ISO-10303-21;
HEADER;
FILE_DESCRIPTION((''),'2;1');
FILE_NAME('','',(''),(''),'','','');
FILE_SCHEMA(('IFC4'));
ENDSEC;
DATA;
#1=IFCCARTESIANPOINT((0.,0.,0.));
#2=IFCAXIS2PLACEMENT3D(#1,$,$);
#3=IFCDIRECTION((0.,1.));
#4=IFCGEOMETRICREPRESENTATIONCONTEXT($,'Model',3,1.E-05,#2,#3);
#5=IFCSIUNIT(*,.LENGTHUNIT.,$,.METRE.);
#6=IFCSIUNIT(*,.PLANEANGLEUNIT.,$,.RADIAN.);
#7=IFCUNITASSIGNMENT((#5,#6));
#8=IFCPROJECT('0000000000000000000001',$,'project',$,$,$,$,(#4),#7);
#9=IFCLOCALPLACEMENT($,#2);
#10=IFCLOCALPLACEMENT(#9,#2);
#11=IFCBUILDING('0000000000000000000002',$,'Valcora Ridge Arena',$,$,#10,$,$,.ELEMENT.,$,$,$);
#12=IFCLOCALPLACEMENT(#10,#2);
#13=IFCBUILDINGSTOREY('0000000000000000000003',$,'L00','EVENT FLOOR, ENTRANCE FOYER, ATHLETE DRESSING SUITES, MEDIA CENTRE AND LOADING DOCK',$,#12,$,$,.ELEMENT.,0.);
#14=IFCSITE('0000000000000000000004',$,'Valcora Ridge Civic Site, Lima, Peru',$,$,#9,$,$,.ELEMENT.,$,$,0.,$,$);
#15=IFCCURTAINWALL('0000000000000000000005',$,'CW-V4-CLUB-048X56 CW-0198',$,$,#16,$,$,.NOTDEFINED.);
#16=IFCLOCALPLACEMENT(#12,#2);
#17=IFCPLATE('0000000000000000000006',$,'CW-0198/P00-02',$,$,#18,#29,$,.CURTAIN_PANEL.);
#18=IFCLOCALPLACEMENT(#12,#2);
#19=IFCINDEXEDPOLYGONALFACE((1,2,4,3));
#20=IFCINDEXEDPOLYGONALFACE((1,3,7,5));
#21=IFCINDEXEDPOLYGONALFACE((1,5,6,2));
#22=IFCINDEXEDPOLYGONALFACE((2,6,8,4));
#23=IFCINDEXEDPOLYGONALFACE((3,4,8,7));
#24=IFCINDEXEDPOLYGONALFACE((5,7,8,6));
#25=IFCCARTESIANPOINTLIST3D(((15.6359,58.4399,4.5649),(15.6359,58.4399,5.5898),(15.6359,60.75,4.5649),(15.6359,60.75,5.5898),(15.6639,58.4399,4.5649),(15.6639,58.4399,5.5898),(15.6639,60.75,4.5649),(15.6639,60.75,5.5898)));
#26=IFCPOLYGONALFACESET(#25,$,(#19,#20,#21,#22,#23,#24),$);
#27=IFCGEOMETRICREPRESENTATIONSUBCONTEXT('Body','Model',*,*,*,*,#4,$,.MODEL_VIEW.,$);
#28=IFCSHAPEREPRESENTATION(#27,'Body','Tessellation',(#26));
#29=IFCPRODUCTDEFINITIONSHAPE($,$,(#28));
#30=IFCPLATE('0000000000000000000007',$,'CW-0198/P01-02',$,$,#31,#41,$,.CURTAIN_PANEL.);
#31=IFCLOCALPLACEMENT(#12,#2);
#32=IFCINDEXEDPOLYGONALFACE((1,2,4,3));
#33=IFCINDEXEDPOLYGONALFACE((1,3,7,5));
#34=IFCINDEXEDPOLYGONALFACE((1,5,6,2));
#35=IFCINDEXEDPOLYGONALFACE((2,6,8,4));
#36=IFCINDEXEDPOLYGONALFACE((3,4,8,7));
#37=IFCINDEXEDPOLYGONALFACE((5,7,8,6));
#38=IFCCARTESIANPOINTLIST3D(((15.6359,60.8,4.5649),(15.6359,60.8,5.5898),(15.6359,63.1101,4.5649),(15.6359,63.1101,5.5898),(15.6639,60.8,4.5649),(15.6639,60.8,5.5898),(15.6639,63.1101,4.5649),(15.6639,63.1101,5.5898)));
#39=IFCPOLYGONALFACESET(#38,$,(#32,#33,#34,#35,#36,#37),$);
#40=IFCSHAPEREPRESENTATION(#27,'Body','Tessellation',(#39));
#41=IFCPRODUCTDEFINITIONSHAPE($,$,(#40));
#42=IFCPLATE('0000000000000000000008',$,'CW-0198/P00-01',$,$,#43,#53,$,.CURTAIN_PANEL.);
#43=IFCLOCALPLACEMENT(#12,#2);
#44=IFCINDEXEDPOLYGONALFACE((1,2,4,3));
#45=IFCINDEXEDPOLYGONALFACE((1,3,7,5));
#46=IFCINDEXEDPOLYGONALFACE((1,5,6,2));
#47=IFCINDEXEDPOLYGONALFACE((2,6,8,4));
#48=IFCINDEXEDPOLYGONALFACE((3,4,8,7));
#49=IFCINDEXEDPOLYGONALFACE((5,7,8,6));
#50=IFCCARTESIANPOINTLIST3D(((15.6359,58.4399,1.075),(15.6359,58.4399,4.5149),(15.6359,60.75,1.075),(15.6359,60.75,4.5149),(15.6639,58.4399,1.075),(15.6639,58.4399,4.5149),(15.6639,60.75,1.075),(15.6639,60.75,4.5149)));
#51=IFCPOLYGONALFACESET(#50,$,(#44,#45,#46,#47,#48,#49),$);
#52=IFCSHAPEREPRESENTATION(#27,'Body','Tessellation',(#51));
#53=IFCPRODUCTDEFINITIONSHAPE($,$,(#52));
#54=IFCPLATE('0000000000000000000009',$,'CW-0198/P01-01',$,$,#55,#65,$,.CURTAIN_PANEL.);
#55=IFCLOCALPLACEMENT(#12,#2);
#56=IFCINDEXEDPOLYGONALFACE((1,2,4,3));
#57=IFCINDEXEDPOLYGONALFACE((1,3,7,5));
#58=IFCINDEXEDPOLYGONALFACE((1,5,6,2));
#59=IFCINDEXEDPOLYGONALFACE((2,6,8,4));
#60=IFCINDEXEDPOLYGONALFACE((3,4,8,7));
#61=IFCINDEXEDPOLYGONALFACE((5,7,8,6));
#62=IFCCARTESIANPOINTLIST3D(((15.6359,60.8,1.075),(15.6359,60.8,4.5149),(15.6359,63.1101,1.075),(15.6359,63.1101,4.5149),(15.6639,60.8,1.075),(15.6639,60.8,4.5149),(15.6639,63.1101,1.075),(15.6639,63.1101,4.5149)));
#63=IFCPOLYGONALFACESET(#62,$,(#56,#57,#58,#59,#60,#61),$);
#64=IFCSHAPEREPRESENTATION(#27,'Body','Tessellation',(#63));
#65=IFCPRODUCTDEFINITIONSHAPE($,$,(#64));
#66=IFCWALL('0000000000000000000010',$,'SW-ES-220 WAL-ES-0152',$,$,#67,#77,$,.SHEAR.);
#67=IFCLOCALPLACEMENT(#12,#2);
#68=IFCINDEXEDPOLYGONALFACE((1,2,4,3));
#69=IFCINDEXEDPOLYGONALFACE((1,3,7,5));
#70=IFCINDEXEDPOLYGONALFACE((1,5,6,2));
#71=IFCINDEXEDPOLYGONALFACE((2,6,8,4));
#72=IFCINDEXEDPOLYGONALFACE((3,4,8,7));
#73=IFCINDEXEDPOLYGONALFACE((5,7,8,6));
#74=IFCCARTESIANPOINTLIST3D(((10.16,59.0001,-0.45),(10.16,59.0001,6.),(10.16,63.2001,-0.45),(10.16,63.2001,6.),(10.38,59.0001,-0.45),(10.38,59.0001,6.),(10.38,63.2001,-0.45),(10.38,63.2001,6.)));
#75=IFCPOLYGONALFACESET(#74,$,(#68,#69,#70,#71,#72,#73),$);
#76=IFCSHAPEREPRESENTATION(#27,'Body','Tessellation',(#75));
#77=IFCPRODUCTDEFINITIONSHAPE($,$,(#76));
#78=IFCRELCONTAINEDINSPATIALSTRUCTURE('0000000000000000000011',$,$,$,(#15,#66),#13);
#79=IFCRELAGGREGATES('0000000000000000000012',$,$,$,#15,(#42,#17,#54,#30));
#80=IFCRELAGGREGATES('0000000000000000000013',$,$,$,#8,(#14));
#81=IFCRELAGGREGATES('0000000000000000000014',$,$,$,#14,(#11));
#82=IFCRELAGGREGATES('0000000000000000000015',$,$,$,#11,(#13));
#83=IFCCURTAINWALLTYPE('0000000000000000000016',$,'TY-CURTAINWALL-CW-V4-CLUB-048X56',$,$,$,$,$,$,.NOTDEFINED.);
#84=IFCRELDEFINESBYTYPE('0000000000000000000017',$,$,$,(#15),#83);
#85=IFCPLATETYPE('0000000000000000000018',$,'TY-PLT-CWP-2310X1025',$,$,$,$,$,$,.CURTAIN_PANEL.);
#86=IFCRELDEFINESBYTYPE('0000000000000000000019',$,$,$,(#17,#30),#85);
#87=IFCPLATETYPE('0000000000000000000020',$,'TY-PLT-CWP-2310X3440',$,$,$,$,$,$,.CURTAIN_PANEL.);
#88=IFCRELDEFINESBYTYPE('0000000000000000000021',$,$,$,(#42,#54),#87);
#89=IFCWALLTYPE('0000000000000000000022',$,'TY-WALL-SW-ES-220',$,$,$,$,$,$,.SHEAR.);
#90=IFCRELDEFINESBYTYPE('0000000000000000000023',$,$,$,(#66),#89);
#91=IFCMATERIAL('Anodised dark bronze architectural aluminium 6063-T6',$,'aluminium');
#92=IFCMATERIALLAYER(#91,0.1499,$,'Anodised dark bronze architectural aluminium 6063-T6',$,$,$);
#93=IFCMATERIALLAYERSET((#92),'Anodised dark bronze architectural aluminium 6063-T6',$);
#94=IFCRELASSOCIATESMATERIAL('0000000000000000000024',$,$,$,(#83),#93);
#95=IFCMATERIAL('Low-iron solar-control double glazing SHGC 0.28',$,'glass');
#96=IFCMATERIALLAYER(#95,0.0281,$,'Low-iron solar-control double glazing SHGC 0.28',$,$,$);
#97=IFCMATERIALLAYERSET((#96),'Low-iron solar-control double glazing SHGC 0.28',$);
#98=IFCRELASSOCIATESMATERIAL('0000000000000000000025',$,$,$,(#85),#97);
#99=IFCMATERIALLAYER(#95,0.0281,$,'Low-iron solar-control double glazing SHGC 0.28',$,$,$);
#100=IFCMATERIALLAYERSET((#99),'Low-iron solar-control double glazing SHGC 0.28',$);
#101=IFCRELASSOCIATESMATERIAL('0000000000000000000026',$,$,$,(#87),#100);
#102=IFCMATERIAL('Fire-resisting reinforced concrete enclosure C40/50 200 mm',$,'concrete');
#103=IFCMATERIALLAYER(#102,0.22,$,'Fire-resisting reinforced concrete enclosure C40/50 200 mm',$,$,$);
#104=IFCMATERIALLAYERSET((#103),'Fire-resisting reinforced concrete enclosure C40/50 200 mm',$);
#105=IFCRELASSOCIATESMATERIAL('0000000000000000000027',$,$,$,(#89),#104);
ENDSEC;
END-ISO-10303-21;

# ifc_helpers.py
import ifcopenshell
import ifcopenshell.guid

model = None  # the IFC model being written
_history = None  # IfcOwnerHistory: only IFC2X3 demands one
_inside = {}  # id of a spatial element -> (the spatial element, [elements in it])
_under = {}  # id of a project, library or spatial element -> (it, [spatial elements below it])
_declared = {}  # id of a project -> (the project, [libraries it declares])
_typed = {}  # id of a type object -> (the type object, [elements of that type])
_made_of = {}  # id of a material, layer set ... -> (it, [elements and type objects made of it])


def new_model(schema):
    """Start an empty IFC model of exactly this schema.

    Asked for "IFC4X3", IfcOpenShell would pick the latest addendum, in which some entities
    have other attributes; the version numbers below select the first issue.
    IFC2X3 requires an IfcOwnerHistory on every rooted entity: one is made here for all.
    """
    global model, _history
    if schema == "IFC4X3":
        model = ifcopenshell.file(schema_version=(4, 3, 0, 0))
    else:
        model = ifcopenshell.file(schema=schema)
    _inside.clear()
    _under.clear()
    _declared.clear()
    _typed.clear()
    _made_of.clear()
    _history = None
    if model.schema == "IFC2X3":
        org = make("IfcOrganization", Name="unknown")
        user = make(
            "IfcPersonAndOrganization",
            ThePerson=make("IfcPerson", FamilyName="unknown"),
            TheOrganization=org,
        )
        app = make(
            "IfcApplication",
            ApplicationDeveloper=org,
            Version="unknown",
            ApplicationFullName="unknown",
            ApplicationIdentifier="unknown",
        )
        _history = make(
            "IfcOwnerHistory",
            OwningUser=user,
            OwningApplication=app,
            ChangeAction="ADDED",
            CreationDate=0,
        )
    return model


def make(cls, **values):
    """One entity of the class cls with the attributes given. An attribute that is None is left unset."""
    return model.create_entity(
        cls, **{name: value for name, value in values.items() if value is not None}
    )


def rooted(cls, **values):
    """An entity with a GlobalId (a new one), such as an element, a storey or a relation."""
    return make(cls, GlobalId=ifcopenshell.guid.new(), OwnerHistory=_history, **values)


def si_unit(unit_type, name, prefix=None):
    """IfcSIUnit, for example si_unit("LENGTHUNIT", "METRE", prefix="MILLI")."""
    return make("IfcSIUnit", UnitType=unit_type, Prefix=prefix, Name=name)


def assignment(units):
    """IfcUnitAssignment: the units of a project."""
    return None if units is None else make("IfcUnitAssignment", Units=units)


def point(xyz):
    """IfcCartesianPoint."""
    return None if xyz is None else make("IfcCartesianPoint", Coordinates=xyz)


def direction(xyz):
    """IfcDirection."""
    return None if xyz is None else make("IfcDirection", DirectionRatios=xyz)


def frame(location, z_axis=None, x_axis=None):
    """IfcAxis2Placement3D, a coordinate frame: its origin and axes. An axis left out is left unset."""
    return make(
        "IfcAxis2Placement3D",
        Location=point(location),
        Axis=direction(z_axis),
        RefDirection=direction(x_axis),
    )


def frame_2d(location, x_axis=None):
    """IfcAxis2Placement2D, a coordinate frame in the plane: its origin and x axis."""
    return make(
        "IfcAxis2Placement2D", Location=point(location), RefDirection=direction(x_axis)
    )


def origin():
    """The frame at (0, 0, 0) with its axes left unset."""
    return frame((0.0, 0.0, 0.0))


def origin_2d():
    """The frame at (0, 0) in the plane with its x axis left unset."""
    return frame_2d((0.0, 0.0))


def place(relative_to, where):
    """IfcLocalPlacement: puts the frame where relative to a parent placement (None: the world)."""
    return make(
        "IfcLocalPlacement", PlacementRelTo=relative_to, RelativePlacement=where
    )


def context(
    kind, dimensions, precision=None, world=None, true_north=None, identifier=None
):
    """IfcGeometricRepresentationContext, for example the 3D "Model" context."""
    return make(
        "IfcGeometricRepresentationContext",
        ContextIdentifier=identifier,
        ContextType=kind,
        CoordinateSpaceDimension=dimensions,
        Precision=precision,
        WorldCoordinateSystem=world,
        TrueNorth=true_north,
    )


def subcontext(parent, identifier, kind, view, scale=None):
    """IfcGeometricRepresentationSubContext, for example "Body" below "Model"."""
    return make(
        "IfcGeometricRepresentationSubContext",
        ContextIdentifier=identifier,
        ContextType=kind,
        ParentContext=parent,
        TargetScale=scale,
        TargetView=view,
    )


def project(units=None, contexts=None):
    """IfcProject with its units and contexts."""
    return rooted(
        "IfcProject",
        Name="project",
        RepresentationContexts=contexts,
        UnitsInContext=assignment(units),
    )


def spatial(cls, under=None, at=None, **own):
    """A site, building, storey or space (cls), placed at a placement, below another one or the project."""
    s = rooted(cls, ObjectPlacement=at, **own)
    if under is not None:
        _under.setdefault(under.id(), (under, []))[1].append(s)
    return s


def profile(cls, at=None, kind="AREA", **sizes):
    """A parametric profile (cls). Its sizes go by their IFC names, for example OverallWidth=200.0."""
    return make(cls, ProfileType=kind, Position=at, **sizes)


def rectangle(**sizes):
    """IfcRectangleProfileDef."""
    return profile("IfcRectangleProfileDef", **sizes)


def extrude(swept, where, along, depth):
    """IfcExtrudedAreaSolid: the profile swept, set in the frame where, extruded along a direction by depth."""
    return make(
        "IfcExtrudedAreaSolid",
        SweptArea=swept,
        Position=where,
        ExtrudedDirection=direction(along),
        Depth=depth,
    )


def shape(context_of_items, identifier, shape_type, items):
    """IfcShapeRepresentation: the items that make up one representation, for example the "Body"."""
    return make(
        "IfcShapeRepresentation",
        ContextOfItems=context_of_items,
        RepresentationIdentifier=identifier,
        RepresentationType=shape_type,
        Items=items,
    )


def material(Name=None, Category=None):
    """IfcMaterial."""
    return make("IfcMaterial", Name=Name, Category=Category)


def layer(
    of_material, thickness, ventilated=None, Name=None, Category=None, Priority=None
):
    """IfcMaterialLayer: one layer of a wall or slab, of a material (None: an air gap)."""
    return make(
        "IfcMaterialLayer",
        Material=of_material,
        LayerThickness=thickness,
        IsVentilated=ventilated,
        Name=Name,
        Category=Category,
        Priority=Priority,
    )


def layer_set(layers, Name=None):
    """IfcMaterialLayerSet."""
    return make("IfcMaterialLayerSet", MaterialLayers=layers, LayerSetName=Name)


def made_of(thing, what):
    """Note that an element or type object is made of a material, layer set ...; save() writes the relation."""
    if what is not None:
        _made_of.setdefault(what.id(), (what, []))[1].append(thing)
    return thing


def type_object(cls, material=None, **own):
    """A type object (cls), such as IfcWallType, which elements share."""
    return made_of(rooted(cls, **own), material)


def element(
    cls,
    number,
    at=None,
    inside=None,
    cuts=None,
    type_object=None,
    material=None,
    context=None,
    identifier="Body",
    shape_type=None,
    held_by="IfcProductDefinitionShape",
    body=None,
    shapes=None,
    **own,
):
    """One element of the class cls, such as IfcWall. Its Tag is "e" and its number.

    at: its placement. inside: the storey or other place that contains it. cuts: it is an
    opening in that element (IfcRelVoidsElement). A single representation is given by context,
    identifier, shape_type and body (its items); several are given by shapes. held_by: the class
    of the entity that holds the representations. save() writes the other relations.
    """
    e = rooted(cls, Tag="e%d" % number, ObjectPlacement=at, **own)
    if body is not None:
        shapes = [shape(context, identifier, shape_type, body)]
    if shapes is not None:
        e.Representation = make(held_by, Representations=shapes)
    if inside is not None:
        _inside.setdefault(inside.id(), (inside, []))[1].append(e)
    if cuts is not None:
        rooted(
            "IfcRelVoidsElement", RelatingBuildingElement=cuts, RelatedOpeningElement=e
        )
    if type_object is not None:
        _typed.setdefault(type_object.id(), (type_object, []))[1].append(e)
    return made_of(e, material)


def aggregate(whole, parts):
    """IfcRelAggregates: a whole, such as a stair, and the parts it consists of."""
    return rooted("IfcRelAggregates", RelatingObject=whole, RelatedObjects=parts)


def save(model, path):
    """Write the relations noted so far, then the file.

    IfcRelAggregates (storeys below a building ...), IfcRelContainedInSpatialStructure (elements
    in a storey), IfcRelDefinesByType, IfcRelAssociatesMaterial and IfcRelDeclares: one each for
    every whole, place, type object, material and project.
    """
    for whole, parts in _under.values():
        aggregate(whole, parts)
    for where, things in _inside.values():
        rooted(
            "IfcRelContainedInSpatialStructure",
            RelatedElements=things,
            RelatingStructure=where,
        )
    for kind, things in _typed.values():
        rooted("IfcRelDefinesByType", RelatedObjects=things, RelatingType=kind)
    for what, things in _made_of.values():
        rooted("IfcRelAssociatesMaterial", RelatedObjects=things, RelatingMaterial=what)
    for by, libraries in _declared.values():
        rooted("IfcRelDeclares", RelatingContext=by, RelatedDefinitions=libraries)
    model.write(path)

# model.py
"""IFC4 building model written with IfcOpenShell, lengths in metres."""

from ifc_helpers import new_model, si_unit, direction, frame, frame_2d, origin, origin_2d, place, context, subcontext, project, spatial, rectangle, extrude, material, layer, layer_set, type_object, element, aggregate, save


model = new_model("IFC4")

# Units and contexts
model_context = context("Model", 3, precision=1e-05, world=origin(), true_north=direction((0.0, 1.0)))
body_context = subcontext(model_context, "Body", "Model", "MODEL_VIEW")
ifc_project = project(units=[si_unit("LENGTHUNIT", "METRE"), si_unit("PLANEANGLEUNIT", "RADIAN")], contexts=[model_context])

# Site, building, storey
site_placement = place(None, origin())
site = spatial("IfcSite", under=ifc_project, at=site_placement, Name="Valcora Ridge Civic Site, Lima, Peru", CompositionType="ELEMENT", RefElevation=0.0)
building_placement = place(site_placement, origin())
building = spatial("IfcBuilding", under=site, at=building_placement, Name="Valcora Ridge Arena", CompositionType="ELEMENT")
storey_placement = place(building_placement, origin())
storey = spatial("IfcBuildingStorey", under=building, at=storey_placement, Name="L00", Description="EVENT FLOOR, ENTRANCE FOYER, ATHLETE DRESSING SUITES, MEDIA CENTRE AND LOADING DOCK", CompositionType="ELEMENT", Elevation=0.0)

# Shared definitions
ifc_material_1 = material(Name="Fire-resisting reinforced concrete enclosure C40/50 200 mm", Category="concrete")

# Curtain wall
ifc_material_2 = material(Name="Anodised dark bronze architectural aluminium 6063-T6", Category="aluminium")
ifc_layer_1 = layer(ifc_material_2, 0.1499, Name="Anodised dark bronze architectural aluminium 6063-T6")
ifc_layer_set_1 = layer_set([ifc_layer_1], Name="Anodised dark bronze architectural aluminium 6063-T6")
curtain_wall_type_1 = type_object("IfcCurtainWallType", Name="TY-CURTAINWALL-CW-V4-CLUB-048X56", PredefinedType="NOTDEFINED", material=ifc_layer_set_1)
curtain_wall_1_placement = place(storey_placement, origin())
curtain_wall_1 = element("IfcCurtainWall", 1, at=curtain_wall_1_placement, inside=storey, type_object=curtain_wall_type_1, Name="CW-V4-CLUB-048X56 CW-0198", PredefinedType="NOTDEFINED")

# Plates
ifc_material_3 = material(Name="Low-iron solar-control double glazing SHGC 0.28", Category="glass")
ifc_layer_2 = layer(ifc_material_3, 0.0281, Name="Low-iron solar-control double glazing SHGC 0.28")
ifc_layer_set_2 = layer_set([ifc_layer_2], Name="Low-iron solar-control double glazing SHGC 0.28")
plate_type_1 = type_object("IfcPlateType", Name="TY-PLT-CWP-2310X1025", PredefinedType="CURTAIN_PANEL", material=ifc_layer_set_2)
plate_1_placement = place(storey_placement, frame((15.6499, 59.595, 4.5649), z_axis=(0.0, 0.0, 1.0), x_axis=(0.0, 1.0, 0.0)))
plate_1 = element("IfcPlate", 2, at=plate_1_placement, type_object=plate_type_1, Name="CW-0198/P00-02", PredefinedType="CURTAIN_PANEL", context=body_context, shape_type="SweptSolid", body=[
    extrude(rectangle(XDim=2.3101, YDim=0.0281, at=origin_2d()), origin(), (0.0, 0.0, 1.0), 1.0249),
])
plate_2_placement = place(storey_placement, frame((15.6499, 61.9551, 4.5649), z_axis=(0.0, 0.0, 1.0), x_axis=(0.0, 1.0, 0.0)))
plate_2 = element("IfcPlate", 3, at=plate_2_placement, type_object=plate_type_1, Name="CW-0198/P01-02", PredefinedType="CURTAIN_PANEL", context=body_context, shape_type="SweptSolid", body=[
    extrude(rectangle(XDim=2.3101, YDim=0.0281, at=origin_2d()), origin(), (0.0, 0.0, 1.0), 1.0249),
])
ifc_layer_3 = layer(ifc_material_3, 0.0281, Name="Low-iron solar-control double glazing SHGC 0.28")
ifc_layer_set_3 = layer_set([ifc_layer_3], Name="Low-iron solar-control double glazing SHGC 0.28")
plate_type_2 = type_object("IfcPlateType", Name="TY-PLT-CWP-2310X3440", PredefinedType="CURTAIN_PANEL", material=ifc_layer_set_3)
plate_3_placement = place(storey_placement, frame((15.6499, 59.595, 1.075), z_axis=(0.0, 0.0, 1.0), x_axis=(0.0, 1.0, 0.0)))
plate_3 = element("IfcPlate", 4, at=plate_3_placement, type_object=plate_type_2, Name="CW-0198/P00-01", PredefinedType="CURTAIN_PANEL", context=body_context, shape_type="SweptSolid", body=[
    extrude(rectangle(XDim=2.3101, YDim=0.0281, at=origin_2d()), origin(), (0.0, 0.0, 1.0), 3.4399),
])
plate_4_placement = place(storey_placement, frame((15.6499, 61.9551, 1.075), z_axis=(0.0, 0.0, 1.0), x_axis=(0.0, 1.0, 0.0)))
plate_4 = element("IfcPlate", 5, at=plate_4_placement, type_object=plate_type_2, Name="CW-0198/P01-01", PredefinedType="CURTAIN_PANEL", context=body_context, shape_type="SweptSolid", body=[
    extrude(rectangle(XDim=2.3101, YDim=0.0281, at=origin_2d()), origin(), (0.0, 0.0, 1.0), 3.4399),
])
aggregate(curtain_wall_1, [plate_3, plate_1, plate_4, plate_2])

# Wall
ifc_layer_4 = layer(ifc_material_1, 0.22, Name="Fire-resisting reinforced concrete enclosure C40/50 200 mm")
ifc_layer_set_4 = layer_set([ifc_layer_4], Name="Fire-resisting reinforced concrete enclosure C40/50 200 mm")
wall_type = type_object("IfcWallType", Name="TY-WALL-SW-ES-220", PredefinedType="SHEAR", material=ifc_layer_set_4)
wall_placement = place(storey_placement, frame((10.27, 59.0, -0.45), z_axis=(0.0, 0.0, 1.0), x_axis=(0.0, 1.0, 0.0)))
element("IfcWall", 6, at=wall_placement, inside=storey, type_object=wall_type, Name="SW-ES-220 WAL-ES-0152", PredefinedType="SHEAR", context=body_context, shape_type="SweptSolid", body=[
    extrude(rectangle(XDim=4.2, YDim=0.22, at=frame_2d((2.1001, 0.0))), origin(), (0.0, 0.0, 1.0), 6.45),
])

save(model, "model.ifc")
